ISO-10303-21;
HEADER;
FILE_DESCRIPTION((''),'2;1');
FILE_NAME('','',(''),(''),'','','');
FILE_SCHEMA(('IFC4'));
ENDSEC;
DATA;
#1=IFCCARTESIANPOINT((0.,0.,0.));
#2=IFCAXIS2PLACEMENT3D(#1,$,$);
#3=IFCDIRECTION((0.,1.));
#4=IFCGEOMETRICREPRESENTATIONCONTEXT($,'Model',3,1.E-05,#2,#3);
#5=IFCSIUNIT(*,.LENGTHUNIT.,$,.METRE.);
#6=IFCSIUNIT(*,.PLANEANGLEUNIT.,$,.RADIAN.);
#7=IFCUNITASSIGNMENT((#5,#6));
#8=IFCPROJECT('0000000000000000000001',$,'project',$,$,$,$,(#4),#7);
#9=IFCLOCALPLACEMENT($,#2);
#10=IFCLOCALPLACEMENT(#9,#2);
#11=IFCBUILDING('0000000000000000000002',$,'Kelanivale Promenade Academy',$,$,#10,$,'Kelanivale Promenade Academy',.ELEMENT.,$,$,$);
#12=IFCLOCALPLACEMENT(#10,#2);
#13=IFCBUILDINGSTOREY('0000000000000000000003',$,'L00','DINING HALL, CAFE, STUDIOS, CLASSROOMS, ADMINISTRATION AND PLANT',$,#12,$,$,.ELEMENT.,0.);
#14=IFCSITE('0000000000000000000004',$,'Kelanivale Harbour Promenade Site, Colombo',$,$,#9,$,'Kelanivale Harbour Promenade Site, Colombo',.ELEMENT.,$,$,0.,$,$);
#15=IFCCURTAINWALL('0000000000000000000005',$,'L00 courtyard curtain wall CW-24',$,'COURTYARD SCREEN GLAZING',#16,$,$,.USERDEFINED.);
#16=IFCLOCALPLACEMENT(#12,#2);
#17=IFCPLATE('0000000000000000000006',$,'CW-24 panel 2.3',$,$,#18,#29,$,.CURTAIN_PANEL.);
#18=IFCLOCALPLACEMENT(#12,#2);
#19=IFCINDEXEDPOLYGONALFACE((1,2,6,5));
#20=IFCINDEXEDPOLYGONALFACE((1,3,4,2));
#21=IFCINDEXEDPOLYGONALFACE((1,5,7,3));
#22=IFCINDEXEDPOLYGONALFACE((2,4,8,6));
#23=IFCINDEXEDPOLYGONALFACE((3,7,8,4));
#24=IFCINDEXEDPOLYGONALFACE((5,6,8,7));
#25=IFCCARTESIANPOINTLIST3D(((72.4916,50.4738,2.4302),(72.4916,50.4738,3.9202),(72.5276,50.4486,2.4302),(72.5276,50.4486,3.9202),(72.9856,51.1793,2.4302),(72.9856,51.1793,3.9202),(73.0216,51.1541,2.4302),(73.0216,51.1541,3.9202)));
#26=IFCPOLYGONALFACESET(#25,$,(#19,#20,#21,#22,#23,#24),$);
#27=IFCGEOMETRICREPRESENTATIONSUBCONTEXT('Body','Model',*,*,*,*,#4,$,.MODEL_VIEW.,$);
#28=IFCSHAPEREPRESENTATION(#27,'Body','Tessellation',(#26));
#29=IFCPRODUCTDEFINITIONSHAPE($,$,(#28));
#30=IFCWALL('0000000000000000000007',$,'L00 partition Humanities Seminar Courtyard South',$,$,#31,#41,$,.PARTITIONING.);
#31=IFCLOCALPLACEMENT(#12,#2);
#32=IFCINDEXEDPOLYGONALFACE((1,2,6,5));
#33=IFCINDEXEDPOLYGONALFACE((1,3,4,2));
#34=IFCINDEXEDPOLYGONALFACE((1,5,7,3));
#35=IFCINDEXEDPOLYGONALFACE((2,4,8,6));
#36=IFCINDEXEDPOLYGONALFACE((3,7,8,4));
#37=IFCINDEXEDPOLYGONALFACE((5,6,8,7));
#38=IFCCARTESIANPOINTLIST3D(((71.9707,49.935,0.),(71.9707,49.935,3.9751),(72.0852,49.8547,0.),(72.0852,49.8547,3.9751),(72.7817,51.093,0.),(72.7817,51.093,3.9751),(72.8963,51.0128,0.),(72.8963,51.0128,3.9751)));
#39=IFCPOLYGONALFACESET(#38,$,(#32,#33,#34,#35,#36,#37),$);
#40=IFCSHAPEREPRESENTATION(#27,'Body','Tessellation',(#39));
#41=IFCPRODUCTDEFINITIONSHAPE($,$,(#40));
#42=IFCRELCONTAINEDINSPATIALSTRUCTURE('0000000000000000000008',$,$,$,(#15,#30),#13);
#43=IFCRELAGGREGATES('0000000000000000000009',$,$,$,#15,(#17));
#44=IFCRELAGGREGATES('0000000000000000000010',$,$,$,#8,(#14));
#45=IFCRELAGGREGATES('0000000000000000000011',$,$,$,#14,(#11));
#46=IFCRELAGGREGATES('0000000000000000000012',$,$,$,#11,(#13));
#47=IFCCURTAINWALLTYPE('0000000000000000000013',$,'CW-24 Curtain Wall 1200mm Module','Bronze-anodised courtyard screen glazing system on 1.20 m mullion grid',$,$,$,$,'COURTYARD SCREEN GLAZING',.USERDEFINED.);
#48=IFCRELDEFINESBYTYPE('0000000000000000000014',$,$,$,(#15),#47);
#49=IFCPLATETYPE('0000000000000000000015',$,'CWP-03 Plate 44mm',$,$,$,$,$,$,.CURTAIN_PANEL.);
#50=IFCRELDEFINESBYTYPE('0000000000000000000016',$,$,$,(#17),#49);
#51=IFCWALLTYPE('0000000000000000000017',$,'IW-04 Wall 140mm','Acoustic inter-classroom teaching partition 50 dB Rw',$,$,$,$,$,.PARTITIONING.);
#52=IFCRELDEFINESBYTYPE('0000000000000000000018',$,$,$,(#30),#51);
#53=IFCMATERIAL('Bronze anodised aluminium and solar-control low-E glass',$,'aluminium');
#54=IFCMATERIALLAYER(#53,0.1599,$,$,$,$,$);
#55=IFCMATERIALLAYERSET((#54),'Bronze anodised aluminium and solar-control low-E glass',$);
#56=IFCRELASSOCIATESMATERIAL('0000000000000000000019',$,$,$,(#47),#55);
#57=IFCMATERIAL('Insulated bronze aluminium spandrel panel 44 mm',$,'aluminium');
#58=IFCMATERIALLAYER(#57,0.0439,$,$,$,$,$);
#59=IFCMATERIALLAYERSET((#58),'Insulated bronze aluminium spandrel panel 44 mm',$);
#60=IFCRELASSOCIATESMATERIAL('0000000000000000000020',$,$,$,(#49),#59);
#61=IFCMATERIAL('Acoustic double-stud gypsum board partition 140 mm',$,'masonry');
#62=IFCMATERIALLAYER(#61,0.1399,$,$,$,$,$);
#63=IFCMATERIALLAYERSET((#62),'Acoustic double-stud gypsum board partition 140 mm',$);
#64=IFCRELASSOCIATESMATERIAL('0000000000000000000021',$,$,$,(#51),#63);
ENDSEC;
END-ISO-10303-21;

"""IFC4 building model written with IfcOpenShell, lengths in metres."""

from ifc_helpers import new_model, si_unit, direction, frame, frame_2d, origin, origin_2d, place, context, subcontext, project, spatial, rectangle, extrude, material, layer, layer_set, type_object, element, aggregate, save


model = new_model("IFC4")

# Units and contexts
model_context = context("Model", 3, precision=1e-05, world=origin(), true_north=direction((0.0, 1.0)))
body_context = subcontext(model_context, "Body", "Model", "MODEL_VIEW")
ifc_project = project(units=[si_unit("LENGTHUNIT", "METRE"), si_unit("PLANEANGLEUNIT", "RADIAN")], contexts=[model_context])

# Site, building, storey
site_placement = place(None, origin())
site = spatial("IfcSite", under=ifc_project, at=site_placement, Name="Kelanivale Harbour Promenade Site, Colombo", LongName="Kelanivale Harbour Promenade Site, Colombo", CompositionType="ELEMENT", RefElevation=0.0)
building_placement = place(site_placement, origin())
building = spatial("IfcBuilding", under=site, at=building_placement, Name="Kelanivale Promenade Academy", LongName="Kelanivale Promenade Academy", CompositionType="ELEMENT")
storey_placement = place(building_placement, origin())
storey = spatial("IfcBuildingStorey", under=building, at=storey_placement, Name="L00", Description="DINING HALL, CAFE, STUDIOS, CLASSROOMS, ADMINISTRATION AND PLANT", CompositionType="ELEMENT", Elevation=0.0)

# Shared definitions
ifc_material_1 = material(Name="Bronze anodised aluminium and solar-control low-E glass", Category="aluminium")

# Curtain wall
ifc_layer_1 = layer(ifc_material_1, 0.1599)
ifc_layer_set_1 = layer_set([ifc_layer_1], Name="Bronze anodised aluminium and solar-control low-E glass")
curtain_wall_type_1 = type_object("IfcCurtainWallType", Name="CW-24 Curtain Wall 1200mm Module", Description="Bronze-anodised courtyard screen glazing system on 1.20 m mullion grid", ElementType="COURTYARD SCREEN GLAZING", PredefinedType="USERDEFINED", material=ifc_layer_set_1)
curtain_wall_1_placement = place(storey_placement, origin())
curtain_wall_1 = element("IfcCurtainWall", 1, at=curtain_wall_1_placement, inside=storey, type_object=curtain_wall_type_1, Name="L00 courtyard curtain wall CW-24", ObjectType="COURTYARD SCREEN GLAZING", PredefinedType="USERDEFINED")

# Plate
ifc_material_2 = material(Name="Insulated bronze aluminium spandrel panel 44 mm", Category="aluminium")
ifc_layer_2 = layer(ifc_material_2, 0.0439)
ifc_layer_set_2 = layer_set([ifc_layer_2], Name="Insulated bronze aluminium spandrel panel 44 mm")
plate_type = type_object("IfcPlateType", Name="CWP-03 Plate 44mm", PredefinedType="CURTAIN_PANEL", material=ifc_layer_set_2)
plate_1_placement = place(storey_placement, frame((72.7566, 50.814, 2.4302), z_axis=(0.0, 0.0, 1.0), x_axis=(0.573567, 0.819158, 0.0)))
plate_1 = element("IfcPlate", 2, at=plate_1_placement, type_object=plate_type, Name="CW-24 panel 2.3", PredefinedType="CURTAIN_PANEL", context=body_context, shape_type="SweptSolid", body=[
    extrude(rectangle(XDim=0.8613, YDim=0.0439, at=origin_2d()), origin(), (0.0, 0.0, 1.0), 1.49),
])
aggregate(curtain_wall_1, [plate_1])

# Wall
ifc_material_3 = material(Name="Acoustic double-stud gypsum board partition 140 mm", Category="masonry")
ifc_layer_3 = layer(ifc_material_3, 0.1399)
ifc_layer_set_3 = layer_set([ifc_layer_3], Name="Acoustic double-stud gypsum board partition 140 mm")
wall_type = type_object("IfcWallType", Name="IW-04 Wall 140mm", Description="Acoustic inter-classroom teaching partition 50 dB Rw", PredefinedType="PARTITIONING", material=ifc_layer_set_3)
wall_placement = place(storey_placement, frame((72.8391, 51.053, 0.0), z_axis=(0.0, 0.0, 1.0), x_axis=(-0.573683, -0.819078, 0.0)))
element("IfcWall", 3, at=wall_placement, inside=storey, type_object=wall_type, Name="L00 partition Humanities Seminar Courtyard South", PredefinedType="PARTITIONING", context=body_context, shape_type="SweptSolid", body=[
    extrude(rectangle(XDim=1.4138, YDim=0.1399, at=frame_2d((0.707, 0.0))), origin(), (0.0, 0.0, 1.0), 3.9751),
])

save(model, "model.ifc")
